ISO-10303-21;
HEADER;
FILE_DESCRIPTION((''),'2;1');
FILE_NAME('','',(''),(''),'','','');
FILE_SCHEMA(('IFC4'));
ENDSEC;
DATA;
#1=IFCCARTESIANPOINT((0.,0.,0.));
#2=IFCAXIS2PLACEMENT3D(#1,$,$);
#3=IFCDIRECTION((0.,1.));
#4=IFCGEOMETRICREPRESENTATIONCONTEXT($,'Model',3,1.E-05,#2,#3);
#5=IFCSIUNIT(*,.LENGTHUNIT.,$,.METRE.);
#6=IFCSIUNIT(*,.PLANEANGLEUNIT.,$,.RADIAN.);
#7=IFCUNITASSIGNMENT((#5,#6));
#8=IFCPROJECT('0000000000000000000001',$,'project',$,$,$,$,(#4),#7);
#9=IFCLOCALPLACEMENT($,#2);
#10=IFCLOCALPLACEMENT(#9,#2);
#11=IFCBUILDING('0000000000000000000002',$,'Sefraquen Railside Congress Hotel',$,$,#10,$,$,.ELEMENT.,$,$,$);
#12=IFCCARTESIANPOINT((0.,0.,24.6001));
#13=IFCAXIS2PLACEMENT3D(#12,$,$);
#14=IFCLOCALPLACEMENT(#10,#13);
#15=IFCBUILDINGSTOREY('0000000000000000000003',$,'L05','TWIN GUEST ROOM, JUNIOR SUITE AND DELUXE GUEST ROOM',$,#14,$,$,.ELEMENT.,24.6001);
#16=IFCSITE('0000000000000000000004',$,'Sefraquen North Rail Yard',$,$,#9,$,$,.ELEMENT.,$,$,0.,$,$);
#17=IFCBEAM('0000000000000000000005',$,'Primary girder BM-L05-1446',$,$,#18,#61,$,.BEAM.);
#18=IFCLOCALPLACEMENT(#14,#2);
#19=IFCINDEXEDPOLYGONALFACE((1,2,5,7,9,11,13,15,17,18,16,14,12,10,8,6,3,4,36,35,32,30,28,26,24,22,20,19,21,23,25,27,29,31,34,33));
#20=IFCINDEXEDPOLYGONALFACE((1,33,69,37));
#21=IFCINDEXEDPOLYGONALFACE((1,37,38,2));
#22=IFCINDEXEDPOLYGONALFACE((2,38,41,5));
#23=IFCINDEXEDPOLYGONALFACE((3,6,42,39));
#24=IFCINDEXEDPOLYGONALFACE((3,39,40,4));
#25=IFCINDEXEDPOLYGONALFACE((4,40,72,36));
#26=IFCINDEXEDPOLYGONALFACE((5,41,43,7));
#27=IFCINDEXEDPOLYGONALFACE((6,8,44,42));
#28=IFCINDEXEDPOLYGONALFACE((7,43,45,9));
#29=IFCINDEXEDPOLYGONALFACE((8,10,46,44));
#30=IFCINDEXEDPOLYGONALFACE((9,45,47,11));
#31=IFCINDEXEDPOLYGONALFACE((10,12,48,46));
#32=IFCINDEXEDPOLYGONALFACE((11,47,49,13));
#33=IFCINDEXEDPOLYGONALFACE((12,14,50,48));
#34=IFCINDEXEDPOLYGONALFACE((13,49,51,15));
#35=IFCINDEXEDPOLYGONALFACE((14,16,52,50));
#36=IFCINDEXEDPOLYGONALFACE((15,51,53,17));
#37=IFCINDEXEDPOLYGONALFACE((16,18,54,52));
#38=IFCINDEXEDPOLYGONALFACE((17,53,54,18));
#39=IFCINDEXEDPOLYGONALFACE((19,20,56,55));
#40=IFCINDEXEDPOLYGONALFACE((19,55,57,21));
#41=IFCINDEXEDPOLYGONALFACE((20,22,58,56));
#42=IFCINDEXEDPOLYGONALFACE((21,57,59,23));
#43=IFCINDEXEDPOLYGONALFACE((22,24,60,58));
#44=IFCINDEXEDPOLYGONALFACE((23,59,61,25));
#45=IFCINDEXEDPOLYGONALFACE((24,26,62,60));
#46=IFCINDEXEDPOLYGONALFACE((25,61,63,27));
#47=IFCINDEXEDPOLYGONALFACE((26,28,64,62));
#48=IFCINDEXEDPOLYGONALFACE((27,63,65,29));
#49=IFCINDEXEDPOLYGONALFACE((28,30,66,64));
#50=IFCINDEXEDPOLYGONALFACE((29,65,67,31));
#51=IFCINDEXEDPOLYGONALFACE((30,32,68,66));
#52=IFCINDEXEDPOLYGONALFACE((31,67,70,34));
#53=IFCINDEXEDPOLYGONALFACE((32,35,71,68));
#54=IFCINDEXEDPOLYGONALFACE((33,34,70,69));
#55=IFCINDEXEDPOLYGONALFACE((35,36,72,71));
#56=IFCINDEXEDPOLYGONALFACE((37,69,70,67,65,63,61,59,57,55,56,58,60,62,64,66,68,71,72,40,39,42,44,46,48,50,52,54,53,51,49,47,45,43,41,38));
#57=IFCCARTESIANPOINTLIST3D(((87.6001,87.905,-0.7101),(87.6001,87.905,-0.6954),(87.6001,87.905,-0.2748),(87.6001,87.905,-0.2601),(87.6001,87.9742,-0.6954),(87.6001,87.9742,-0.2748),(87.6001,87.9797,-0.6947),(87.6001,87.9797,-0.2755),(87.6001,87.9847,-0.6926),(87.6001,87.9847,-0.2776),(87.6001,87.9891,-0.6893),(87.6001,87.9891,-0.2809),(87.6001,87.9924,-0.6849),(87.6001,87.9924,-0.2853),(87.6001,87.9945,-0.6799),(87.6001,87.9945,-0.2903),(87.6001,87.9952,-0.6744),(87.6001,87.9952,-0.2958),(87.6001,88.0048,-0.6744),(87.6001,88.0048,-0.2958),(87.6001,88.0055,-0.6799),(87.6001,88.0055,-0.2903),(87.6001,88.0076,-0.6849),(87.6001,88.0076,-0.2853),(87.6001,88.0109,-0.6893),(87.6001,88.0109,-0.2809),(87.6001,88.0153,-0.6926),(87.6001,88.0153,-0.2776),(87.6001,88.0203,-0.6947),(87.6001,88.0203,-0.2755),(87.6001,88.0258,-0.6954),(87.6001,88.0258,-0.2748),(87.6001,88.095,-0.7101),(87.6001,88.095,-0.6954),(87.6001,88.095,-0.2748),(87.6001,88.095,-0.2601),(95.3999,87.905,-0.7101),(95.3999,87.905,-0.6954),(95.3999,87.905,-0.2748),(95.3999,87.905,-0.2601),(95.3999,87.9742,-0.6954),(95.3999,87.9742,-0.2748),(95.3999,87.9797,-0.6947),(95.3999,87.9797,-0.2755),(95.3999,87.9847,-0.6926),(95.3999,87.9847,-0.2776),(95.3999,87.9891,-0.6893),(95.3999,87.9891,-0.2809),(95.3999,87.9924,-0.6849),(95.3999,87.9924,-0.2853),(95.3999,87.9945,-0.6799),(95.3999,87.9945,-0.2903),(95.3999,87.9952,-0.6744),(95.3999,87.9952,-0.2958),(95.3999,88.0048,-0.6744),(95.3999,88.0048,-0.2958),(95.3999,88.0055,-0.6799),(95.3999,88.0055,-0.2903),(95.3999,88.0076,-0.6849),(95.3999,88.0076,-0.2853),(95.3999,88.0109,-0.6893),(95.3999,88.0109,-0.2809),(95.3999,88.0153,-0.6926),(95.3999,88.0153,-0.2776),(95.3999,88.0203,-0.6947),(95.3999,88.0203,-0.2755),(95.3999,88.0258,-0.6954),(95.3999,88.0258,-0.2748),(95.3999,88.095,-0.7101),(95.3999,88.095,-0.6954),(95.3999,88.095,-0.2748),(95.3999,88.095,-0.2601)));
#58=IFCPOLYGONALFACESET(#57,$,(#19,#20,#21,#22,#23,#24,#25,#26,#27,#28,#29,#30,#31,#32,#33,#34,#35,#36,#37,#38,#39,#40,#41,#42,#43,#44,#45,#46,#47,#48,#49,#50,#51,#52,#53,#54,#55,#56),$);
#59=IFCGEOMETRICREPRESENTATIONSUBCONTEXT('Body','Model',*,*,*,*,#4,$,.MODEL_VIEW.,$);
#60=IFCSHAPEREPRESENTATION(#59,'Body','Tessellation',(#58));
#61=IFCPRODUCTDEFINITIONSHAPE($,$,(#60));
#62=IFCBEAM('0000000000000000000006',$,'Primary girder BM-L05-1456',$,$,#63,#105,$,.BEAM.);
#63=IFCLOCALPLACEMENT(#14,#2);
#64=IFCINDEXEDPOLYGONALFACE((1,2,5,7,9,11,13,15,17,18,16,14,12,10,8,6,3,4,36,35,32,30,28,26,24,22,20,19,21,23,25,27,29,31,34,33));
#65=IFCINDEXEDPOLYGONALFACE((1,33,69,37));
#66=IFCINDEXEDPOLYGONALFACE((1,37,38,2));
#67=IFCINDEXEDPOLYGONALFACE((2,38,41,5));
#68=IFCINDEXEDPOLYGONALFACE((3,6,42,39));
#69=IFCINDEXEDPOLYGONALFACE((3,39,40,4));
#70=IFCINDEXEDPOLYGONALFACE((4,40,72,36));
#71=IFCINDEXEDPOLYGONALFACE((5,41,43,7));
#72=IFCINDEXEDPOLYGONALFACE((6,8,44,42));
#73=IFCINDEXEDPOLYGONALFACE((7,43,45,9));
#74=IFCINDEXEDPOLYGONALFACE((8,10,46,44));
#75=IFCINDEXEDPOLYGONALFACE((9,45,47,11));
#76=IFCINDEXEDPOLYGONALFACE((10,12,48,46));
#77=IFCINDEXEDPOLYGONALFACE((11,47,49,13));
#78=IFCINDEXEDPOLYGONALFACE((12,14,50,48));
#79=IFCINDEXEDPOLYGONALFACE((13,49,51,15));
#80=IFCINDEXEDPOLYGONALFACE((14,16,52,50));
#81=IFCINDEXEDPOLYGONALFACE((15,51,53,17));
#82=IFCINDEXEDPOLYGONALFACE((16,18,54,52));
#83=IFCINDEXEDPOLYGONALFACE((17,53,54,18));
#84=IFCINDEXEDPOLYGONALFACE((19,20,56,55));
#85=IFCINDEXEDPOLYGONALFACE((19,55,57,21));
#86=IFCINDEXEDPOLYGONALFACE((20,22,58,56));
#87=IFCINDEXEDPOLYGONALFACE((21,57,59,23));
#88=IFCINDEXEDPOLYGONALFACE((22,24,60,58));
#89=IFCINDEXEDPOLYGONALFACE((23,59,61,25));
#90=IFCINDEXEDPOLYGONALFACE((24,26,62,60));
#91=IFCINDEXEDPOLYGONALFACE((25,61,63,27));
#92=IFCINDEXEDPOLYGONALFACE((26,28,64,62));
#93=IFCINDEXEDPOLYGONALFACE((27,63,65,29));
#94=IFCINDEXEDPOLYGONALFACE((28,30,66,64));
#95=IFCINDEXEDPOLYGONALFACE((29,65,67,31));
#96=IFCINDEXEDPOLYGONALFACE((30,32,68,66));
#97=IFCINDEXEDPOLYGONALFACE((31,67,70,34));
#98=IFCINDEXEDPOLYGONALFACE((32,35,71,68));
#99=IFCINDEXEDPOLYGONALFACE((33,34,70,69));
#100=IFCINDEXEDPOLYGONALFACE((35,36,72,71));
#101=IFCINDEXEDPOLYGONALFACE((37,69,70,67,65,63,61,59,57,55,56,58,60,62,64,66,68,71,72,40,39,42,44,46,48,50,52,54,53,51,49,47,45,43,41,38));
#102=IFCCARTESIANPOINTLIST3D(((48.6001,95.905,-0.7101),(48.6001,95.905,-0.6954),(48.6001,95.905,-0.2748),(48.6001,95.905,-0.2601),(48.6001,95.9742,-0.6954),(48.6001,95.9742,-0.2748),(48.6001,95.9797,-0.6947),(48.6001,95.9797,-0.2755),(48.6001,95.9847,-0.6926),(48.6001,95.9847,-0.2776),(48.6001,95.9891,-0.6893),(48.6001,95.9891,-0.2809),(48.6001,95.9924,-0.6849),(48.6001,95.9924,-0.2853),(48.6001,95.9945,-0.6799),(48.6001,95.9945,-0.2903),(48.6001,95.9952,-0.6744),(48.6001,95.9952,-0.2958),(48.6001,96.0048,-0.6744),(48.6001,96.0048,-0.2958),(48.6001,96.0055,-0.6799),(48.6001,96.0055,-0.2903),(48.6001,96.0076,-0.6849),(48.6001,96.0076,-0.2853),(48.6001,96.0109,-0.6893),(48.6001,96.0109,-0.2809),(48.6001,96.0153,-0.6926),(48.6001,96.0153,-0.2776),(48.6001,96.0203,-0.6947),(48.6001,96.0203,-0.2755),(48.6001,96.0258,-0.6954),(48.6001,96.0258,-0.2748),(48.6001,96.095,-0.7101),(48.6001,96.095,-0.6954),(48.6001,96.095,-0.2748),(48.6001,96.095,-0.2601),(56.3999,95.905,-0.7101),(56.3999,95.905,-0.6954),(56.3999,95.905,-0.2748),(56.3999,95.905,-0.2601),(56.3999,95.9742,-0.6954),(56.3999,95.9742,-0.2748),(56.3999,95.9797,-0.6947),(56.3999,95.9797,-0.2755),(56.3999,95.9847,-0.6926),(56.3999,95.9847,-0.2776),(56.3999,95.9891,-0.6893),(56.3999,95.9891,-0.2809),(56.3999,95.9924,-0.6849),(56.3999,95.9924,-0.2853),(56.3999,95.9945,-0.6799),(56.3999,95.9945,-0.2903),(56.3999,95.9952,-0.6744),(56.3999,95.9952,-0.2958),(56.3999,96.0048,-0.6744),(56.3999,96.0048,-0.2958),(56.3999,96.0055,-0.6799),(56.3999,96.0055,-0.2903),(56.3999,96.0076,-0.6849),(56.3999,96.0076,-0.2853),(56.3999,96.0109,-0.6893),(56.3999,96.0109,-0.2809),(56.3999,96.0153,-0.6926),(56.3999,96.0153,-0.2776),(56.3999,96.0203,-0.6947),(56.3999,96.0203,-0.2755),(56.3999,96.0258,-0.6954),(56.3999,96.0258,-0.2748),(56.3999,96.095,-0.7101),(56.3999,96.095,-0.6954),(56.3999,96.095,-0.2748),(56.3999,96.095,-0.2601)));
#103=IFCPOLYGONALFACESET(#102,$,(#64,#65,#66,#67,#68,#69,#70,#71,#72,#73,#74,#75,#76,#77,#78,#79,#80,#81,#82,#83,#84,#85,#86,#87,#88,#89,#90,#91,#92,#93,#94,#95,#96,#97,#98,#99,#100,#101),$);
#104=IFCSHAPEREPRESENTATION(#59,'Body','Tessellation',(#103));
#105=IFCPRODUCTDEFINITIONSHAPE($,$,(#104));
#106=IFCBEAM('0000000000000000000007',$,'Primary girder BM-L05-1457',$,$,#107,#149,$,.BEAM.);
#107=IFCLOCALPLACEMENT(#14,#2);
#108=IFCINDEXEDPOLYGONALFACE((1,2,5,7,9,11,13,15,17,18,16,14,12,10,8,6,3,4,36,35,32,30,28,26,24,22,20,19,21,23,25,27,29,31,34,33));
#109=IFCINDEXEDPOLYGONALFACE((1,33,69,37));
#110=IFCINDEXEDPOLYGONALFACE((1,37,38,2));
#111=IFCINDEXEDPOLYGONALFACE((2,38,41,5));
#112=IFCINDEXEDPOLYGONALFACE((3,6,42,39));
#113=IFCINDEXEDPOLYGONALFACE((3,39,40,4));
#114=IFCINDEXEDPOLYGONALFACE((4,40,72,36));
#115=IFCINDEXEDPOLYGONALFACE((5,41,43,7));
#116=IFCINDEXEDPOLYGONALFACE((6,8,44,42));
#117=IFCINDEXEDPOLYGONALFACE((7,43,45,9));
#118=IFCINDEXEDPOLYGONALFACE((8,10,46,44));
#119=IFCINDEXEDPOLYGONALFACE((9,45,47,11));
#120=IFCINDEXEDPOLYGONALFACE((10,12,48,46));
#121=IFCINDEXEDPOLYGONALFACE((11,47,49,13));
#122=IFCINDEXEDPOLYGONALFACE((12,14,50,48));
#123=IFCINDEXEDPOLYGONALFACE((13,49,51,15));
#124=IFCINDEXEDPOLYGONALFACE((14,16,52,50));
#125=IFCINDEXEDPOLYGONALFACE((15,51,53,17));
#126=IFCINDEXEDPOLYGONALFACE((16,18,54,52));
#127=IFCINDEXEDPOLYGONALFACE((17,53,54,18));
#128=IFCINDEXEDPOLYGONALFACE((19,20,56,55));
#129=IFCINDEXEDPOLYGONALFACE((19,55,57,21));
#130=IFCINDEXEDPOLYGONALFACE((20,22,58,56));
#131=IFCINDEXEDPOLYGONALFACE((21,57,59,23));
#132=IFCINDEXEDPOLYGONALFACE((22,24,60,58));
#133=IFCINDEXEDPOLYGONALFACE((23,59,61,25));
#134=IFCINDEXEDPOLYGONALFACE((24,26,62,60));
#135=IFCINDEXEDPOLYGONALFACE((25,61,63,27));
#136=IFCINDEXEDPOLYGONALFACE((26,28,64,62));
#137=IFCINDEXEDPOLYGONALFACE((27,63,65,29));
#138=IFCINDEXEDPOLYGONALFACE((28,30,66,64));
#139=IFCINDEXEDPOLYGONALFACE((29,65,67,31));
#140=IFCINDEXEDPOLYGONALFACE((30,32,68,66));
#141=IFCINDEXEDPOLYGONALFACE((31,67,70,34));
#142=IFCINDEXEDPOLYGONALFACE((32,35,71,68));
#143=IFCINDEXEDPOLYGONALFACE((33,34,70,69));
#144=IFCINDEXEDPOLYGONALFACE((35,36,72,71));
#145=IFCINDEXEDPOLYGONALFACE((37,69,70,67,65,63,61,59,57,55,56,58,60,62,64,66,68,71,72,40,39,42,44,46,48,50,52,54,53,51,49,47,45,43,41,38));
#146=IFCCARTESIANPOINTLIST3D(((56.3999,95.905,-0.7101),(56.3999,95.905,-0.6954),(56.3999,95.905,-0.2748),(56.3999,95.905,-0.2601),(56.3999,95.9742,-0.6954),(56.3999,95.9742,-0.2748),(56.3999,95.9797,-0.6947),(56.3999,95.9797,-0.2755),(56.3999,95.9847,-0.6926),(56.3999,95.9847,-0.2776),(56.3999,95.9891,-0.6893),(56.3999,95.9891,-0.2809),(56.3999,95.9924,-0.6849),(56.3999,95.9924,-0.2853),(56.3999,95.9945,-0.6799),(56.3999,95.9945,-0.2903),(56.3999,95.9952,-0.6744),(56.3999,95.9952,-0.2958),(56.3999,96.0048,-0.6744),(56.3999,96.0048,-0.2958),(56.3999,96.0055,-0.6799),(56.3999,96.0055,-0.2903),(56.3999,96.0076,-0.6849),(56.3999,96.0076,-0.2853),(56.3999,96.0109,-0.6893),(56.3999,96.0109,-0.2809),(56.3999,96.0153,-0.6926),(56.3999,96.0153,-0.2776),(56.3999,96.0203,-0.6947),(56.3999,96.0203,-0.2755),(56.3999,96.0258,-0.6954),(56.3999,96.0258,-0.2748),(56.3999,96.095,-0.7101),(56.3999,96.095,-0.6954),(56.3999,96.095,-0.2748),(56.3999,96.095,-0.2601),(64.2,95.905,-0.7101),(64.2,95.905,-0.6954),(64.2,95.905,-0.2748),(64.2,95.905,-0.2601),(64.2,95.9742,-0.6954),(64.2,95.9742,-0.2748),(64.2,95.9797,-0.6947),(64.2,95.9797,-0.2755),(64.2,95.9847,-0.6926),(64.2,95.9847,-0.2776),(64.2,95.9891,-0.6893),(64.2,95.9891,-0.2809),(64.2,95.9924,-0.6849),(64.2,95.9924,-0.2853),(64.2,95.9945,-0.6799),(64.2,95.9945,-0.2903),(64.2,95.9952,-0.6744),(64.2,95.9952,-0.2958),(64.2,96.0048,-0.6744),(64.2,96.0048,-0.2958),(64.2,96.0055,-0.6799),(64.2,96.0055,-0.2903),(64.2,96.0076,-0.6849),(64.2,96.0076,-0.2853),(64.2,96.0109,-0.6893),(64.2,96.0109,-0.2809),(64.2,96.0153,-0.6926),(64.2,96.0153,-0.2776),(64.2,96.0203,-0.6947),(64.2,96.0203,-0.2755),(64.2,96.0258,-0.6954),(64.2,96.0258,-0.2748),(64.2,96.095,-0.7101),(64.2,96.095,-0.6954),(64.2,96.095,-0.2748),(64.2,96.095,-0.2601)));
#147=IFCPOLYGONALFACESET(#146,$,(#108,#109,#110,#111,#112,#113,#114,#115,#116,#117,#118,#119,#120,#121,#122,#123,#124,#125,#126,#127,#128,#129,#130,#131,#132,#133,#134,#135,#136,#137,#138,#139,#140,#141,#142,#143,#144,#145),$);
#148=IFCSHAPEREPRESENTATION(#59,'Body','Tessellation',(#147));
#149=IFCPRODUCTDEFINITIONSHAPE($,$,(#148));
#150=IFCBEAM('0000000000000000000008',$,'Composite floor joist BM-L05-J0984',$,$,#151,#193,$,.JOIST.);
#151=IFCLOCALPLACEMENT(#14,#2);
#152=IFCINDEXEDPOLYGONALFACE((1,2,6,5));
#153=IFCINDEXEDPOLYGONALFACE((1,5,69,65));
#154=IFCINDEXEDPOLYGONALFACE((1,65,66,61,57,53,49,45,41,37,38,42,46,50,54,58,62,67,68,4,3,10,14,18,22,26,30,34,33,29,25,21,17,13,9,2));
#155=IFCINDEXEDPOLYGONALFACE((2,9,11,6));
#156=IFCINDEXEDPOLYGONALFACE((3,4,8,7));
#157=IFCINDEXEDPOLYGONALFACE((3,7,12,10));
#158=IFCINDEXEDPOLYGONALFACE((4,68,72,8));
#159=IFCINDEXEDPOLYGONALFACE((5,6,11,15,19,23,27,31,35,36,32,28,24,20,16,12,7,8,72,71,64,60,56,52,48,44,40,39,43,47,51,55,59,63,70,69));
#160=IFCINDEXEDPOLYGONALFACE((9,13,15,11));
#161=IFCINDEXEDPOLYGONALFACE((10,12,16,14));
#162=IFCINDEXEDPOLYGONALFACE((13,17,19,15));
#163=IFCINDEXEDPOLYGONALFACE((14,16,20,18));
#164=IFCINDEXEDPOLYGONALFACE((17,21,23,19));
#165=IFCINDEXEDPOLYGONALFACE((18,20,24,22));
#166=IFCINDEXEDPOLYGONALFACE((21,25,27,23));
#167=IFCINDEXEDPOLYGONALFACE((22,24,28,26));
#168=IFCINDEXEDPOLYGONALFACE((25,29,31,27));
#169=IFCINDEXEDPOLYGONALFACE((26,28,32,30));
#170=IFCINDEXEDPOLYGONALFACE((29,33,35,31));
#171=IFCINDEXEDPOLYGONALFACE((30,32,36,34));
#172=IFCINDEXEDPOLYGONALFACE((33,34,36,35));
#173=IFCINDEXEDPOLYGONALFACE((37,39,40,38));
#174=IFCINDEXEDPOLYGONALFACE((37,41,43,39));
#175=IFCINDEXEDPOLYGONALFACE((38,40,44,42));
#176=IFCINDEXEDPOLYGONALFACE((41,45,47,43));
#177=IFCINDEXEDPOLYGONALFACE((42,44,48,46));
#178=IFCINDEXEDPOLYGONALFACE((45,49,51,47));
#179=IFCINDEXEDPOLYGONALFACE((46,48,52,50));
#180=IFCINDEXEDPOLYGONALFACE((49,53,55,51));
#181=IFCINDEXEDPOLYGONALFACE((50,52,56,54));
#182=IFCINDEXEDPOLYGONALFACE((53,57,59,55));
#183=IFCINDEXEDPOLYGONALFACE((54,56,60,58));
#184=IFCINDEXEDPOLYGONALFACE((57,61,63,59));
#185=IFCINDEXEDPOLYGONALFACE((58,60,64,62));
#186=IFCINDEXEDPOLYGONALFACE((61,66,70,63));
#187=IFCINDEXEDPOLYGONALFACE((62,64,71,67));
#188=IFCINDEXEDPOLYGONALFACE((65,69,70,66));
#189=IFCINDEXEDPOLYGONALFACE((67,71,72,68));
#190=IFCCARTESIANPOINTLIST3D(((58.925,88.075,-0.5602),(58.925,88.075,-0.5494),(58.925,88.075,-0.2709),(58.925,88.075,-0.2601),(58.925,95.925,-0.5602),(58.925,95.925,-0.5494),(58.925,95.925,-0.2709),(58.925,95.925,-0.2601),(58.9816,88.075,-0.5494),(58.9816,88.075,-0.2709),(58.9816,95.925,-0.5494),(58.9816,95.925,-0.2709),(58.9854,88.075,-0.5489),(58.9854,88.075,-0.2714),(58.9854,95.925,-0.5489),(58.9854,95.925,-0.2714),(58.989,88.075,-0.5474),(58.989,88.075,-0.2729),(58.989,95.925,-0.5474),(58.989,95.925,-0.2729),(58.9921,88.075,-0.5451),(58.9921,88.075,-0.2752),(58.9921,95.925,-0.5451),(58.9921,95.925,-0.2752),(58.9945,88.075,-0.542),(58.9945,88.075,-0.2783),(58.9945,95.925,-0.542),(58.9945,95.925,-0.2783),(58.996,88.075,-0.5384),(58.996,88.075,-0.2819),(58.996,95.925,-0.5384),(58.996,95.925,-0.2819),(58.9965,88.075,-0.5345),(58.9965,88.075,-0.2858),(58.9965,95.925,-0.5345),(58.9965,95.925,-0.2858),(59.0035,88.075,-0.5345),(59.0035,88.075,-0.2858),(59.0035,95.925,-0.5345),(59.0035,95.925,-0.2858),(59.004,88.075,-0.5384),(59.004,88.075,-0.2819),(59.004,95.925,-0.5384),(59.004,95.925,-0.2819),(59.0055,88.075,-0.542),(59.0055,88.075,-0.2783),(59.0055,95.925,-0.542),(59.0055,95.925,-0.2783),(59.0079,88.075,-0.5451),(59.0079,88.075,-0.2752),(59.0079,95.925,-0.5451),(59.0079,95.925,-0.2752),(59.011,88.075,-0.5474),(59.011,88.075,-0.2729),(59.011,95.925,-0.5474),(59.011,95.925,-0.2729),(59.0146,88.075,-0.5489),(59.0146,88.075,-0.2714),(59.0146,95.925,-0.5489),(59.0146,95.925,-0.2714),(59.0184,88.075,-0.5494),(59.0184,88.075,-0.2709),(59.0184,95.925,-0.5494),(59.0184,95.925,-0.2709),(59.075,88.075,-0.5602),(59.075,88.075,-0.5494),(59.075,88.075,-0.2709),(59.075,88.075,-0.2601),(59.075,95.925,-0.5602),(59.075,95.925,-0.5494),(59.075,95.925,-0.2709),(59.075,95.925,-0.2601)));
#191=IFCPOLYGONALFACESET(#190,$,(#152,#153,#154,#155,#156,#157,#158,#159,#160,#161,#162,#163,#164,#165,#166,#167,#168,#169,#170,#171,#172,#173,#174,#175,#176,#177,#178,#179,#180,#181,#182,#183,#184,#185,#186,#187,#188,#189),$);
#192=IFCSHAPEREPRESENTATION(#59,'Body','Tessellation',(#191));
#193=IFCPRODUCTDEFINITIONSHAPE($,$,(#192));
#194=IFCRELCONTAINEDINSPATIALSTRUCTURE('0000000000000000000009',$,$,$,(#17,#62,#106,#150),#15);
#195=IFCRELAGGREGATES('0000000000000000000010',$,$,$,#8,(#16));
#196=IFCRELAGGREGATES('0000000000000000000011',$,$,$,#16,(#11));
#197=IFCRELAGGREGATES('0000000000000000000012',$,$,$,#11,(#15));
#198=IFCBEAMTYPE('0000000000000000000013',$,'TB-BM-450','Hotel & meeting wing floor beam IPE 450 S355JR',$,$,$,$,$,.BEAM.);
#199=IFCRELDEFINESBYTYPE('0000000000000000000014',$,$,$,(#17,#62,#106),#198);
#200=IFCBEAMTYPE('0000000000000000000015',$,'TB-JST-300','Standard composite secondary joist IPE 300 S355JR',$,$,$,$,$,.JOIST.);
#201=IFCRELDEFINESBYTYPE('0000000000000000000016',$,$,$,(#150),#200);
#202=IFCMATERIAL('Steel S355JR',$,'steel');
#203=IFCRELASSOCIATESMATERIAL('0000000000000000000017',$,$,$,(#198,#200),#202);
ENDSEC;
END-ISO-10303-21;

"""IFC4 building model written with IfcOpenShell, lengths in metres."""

from ifc_helpers import new_model, si_unit, direction, frame, origin, origin_2d, place, context, subcontext, project, spatial, i_section, extrude, material, material_profile, profile_set, type_object, element, save


model = new_model("IFC4")

# Units and contexts
model_context = context("Model", 3, precision=1e-05, world=origin(), true_north=direction((0.0, 1.0)))
body_context = subcontext(model_context, "Body", "Model", "MODEL_VIEW")
ifc_project = project(units=[si_unit("LENGTHUNIT", "METRE"), si_unit("PLANEANGLEUNIT", "RADIAN")], contexts=[model_context])

# Site, building, storey
site_placement = place(None, origin())
site = spatial("IfcSite", under=ifc_project, at=site_placement, Name="Sefraquen North Rail Yard", CompositionType="ELEMENT", RefElevation=0.0)
building_placement = place(site_placement, origin())
building = spatial("IfcBuilding", under=site, at=building_placement, Name="Sefraquen Railside Congress Hotel", CompositionType="ELEMENT")
storey_placement = place(building_placement, frame((0.0, 0.0, 24.6001)))
storey = spatial("IfcBuildingStorey", under=building, at=storey_placement, Name="L05", Description="TWIN GUEST ROOM, JUNIOR SUITE AND DELUXE GUEST ROOM", CompositionType="ELEMENT", Elevation=24.6001)

# Shared definitions
ifc_material_1 = material(Name="Steel S355JR", Category="steel")

# Beams
ifc_material_profile_1 = material_profile(ifc_material_1, i_section(OverallWidth=0.1899, OverallDepth=0.45, WebThickness=0.0095, FlangeThickness=0.0146, FilletRadius=0.021, at=origin_2d()), Name="IPE 450")
ifc_profile_set_1 = profile_set([ifc_material_profile_1], Name="Steel S355JR")
beam_type_1 = type_object("IfcBeamType", Name="TB-BM-450", Description="Hotel & meeting wing floor beam IPE 450 S355JR", PredefinedType="BEAM", material=ifc_profile_set_1)
for number, where, z_axis, x_axis, name in (
    (1, (87.6001, 88.0, -0.4851), (1.0, 0.0, 0.0), (0.0, 1.0, 0.0), "Primary girder BM-L05-1446"),
    (2, (48.6001, 96.0, -0.4851), (1.0, 0.0, 0.0), (0.0, 1.0, 0.0), "Primary girder BM-L05-1456"),
):
    element("IfcBeam", number, at=place(storey_placement, frame(where, z_axis=z_axis, x_axis=x_axis)), inside=storey, type_object=beam_type_1, Name=name, PredefinedType="BEAM", context=body_context, shape_type="SweptSolid", body=[
        extrude(i_section(OverallWidth=0.1899, OverallDepth=0.45, WebThickness=0.0095, FlangeThickness=0.0146, FilletRadius=0.021, at=origin_2d()), origin(), (0.0, 0.0, 1.0), 7.7998),
    ])
beam_1_placement = place(storey_placement, frame((56.3999, 96.0, -0.4851), z_axis=(1.0, 0.0, 0.0), x_axis=(0.0, 1.0, 0.0)))
element("IfcBeam", 3, at=beam_1_placement, inside=storey, type_object=beam_type_1, Name="Primary girder BM-L05-1457", PredefinedType="BEAM", context=body_context, shape_type="SweptSolid", body=[
    extrude(i_section(OverallWidth=0.1899, OverallDepth=0.45, WebThickness=0.0095, FlangeThickness=0.0146, FilletRadius=0.021, at=origin_2d()), origin(), (0.0, 0.0, 1.0), 7.8),
])
ifc_material_profile_2 = material_profile(ifc_material_1, i_section(OverallWidth=0.1499, OverallDepth=0.3, WebThickness=0.0071, FlangeThickness=0.0107, FilletRadius=0.0149, at=origin_2d()), Name="IPE 300")
ifc_profile_set_2 = profile_set([ifc_material_profile_2], Name="Steel S355JR")
beam_type_2 = type_object("IfcBeamType", Name="TB-JST-300", Description="Standard composite secondary joist IPE 300 S355JR", PredefinedType="JOIST", material=ifc_profile_set_2)
for number, where, z_axis, x_axis, name in (
    (4, (59.0, 88.075, -0.4102), (0.0, 1.0, 0.0), (-1.0, 0.0, 0.0), "Composite floor joist BM-L05-J0984"),
):
    element("IfcBeam", number, at=place(storey_placement, frame(where, z_axis=z_axis, x_axis=x_axis)), inside=storey, type_object=beam_type_2, Name=name, PredefinedType="JOIST", context=body_context, shape_type="SweptSolid", body=[
        extrude(i_section(OverallWidth=0.1499, OverallDepth=0.3, WebThickness=0.0071, FlangeThickness=0.0107, FilletRadius=0.0149, at=origin_2d()), origin(), (0.0, 0.0, 1.0), 7.8501),
    ])

save(model, "model.ifc")
